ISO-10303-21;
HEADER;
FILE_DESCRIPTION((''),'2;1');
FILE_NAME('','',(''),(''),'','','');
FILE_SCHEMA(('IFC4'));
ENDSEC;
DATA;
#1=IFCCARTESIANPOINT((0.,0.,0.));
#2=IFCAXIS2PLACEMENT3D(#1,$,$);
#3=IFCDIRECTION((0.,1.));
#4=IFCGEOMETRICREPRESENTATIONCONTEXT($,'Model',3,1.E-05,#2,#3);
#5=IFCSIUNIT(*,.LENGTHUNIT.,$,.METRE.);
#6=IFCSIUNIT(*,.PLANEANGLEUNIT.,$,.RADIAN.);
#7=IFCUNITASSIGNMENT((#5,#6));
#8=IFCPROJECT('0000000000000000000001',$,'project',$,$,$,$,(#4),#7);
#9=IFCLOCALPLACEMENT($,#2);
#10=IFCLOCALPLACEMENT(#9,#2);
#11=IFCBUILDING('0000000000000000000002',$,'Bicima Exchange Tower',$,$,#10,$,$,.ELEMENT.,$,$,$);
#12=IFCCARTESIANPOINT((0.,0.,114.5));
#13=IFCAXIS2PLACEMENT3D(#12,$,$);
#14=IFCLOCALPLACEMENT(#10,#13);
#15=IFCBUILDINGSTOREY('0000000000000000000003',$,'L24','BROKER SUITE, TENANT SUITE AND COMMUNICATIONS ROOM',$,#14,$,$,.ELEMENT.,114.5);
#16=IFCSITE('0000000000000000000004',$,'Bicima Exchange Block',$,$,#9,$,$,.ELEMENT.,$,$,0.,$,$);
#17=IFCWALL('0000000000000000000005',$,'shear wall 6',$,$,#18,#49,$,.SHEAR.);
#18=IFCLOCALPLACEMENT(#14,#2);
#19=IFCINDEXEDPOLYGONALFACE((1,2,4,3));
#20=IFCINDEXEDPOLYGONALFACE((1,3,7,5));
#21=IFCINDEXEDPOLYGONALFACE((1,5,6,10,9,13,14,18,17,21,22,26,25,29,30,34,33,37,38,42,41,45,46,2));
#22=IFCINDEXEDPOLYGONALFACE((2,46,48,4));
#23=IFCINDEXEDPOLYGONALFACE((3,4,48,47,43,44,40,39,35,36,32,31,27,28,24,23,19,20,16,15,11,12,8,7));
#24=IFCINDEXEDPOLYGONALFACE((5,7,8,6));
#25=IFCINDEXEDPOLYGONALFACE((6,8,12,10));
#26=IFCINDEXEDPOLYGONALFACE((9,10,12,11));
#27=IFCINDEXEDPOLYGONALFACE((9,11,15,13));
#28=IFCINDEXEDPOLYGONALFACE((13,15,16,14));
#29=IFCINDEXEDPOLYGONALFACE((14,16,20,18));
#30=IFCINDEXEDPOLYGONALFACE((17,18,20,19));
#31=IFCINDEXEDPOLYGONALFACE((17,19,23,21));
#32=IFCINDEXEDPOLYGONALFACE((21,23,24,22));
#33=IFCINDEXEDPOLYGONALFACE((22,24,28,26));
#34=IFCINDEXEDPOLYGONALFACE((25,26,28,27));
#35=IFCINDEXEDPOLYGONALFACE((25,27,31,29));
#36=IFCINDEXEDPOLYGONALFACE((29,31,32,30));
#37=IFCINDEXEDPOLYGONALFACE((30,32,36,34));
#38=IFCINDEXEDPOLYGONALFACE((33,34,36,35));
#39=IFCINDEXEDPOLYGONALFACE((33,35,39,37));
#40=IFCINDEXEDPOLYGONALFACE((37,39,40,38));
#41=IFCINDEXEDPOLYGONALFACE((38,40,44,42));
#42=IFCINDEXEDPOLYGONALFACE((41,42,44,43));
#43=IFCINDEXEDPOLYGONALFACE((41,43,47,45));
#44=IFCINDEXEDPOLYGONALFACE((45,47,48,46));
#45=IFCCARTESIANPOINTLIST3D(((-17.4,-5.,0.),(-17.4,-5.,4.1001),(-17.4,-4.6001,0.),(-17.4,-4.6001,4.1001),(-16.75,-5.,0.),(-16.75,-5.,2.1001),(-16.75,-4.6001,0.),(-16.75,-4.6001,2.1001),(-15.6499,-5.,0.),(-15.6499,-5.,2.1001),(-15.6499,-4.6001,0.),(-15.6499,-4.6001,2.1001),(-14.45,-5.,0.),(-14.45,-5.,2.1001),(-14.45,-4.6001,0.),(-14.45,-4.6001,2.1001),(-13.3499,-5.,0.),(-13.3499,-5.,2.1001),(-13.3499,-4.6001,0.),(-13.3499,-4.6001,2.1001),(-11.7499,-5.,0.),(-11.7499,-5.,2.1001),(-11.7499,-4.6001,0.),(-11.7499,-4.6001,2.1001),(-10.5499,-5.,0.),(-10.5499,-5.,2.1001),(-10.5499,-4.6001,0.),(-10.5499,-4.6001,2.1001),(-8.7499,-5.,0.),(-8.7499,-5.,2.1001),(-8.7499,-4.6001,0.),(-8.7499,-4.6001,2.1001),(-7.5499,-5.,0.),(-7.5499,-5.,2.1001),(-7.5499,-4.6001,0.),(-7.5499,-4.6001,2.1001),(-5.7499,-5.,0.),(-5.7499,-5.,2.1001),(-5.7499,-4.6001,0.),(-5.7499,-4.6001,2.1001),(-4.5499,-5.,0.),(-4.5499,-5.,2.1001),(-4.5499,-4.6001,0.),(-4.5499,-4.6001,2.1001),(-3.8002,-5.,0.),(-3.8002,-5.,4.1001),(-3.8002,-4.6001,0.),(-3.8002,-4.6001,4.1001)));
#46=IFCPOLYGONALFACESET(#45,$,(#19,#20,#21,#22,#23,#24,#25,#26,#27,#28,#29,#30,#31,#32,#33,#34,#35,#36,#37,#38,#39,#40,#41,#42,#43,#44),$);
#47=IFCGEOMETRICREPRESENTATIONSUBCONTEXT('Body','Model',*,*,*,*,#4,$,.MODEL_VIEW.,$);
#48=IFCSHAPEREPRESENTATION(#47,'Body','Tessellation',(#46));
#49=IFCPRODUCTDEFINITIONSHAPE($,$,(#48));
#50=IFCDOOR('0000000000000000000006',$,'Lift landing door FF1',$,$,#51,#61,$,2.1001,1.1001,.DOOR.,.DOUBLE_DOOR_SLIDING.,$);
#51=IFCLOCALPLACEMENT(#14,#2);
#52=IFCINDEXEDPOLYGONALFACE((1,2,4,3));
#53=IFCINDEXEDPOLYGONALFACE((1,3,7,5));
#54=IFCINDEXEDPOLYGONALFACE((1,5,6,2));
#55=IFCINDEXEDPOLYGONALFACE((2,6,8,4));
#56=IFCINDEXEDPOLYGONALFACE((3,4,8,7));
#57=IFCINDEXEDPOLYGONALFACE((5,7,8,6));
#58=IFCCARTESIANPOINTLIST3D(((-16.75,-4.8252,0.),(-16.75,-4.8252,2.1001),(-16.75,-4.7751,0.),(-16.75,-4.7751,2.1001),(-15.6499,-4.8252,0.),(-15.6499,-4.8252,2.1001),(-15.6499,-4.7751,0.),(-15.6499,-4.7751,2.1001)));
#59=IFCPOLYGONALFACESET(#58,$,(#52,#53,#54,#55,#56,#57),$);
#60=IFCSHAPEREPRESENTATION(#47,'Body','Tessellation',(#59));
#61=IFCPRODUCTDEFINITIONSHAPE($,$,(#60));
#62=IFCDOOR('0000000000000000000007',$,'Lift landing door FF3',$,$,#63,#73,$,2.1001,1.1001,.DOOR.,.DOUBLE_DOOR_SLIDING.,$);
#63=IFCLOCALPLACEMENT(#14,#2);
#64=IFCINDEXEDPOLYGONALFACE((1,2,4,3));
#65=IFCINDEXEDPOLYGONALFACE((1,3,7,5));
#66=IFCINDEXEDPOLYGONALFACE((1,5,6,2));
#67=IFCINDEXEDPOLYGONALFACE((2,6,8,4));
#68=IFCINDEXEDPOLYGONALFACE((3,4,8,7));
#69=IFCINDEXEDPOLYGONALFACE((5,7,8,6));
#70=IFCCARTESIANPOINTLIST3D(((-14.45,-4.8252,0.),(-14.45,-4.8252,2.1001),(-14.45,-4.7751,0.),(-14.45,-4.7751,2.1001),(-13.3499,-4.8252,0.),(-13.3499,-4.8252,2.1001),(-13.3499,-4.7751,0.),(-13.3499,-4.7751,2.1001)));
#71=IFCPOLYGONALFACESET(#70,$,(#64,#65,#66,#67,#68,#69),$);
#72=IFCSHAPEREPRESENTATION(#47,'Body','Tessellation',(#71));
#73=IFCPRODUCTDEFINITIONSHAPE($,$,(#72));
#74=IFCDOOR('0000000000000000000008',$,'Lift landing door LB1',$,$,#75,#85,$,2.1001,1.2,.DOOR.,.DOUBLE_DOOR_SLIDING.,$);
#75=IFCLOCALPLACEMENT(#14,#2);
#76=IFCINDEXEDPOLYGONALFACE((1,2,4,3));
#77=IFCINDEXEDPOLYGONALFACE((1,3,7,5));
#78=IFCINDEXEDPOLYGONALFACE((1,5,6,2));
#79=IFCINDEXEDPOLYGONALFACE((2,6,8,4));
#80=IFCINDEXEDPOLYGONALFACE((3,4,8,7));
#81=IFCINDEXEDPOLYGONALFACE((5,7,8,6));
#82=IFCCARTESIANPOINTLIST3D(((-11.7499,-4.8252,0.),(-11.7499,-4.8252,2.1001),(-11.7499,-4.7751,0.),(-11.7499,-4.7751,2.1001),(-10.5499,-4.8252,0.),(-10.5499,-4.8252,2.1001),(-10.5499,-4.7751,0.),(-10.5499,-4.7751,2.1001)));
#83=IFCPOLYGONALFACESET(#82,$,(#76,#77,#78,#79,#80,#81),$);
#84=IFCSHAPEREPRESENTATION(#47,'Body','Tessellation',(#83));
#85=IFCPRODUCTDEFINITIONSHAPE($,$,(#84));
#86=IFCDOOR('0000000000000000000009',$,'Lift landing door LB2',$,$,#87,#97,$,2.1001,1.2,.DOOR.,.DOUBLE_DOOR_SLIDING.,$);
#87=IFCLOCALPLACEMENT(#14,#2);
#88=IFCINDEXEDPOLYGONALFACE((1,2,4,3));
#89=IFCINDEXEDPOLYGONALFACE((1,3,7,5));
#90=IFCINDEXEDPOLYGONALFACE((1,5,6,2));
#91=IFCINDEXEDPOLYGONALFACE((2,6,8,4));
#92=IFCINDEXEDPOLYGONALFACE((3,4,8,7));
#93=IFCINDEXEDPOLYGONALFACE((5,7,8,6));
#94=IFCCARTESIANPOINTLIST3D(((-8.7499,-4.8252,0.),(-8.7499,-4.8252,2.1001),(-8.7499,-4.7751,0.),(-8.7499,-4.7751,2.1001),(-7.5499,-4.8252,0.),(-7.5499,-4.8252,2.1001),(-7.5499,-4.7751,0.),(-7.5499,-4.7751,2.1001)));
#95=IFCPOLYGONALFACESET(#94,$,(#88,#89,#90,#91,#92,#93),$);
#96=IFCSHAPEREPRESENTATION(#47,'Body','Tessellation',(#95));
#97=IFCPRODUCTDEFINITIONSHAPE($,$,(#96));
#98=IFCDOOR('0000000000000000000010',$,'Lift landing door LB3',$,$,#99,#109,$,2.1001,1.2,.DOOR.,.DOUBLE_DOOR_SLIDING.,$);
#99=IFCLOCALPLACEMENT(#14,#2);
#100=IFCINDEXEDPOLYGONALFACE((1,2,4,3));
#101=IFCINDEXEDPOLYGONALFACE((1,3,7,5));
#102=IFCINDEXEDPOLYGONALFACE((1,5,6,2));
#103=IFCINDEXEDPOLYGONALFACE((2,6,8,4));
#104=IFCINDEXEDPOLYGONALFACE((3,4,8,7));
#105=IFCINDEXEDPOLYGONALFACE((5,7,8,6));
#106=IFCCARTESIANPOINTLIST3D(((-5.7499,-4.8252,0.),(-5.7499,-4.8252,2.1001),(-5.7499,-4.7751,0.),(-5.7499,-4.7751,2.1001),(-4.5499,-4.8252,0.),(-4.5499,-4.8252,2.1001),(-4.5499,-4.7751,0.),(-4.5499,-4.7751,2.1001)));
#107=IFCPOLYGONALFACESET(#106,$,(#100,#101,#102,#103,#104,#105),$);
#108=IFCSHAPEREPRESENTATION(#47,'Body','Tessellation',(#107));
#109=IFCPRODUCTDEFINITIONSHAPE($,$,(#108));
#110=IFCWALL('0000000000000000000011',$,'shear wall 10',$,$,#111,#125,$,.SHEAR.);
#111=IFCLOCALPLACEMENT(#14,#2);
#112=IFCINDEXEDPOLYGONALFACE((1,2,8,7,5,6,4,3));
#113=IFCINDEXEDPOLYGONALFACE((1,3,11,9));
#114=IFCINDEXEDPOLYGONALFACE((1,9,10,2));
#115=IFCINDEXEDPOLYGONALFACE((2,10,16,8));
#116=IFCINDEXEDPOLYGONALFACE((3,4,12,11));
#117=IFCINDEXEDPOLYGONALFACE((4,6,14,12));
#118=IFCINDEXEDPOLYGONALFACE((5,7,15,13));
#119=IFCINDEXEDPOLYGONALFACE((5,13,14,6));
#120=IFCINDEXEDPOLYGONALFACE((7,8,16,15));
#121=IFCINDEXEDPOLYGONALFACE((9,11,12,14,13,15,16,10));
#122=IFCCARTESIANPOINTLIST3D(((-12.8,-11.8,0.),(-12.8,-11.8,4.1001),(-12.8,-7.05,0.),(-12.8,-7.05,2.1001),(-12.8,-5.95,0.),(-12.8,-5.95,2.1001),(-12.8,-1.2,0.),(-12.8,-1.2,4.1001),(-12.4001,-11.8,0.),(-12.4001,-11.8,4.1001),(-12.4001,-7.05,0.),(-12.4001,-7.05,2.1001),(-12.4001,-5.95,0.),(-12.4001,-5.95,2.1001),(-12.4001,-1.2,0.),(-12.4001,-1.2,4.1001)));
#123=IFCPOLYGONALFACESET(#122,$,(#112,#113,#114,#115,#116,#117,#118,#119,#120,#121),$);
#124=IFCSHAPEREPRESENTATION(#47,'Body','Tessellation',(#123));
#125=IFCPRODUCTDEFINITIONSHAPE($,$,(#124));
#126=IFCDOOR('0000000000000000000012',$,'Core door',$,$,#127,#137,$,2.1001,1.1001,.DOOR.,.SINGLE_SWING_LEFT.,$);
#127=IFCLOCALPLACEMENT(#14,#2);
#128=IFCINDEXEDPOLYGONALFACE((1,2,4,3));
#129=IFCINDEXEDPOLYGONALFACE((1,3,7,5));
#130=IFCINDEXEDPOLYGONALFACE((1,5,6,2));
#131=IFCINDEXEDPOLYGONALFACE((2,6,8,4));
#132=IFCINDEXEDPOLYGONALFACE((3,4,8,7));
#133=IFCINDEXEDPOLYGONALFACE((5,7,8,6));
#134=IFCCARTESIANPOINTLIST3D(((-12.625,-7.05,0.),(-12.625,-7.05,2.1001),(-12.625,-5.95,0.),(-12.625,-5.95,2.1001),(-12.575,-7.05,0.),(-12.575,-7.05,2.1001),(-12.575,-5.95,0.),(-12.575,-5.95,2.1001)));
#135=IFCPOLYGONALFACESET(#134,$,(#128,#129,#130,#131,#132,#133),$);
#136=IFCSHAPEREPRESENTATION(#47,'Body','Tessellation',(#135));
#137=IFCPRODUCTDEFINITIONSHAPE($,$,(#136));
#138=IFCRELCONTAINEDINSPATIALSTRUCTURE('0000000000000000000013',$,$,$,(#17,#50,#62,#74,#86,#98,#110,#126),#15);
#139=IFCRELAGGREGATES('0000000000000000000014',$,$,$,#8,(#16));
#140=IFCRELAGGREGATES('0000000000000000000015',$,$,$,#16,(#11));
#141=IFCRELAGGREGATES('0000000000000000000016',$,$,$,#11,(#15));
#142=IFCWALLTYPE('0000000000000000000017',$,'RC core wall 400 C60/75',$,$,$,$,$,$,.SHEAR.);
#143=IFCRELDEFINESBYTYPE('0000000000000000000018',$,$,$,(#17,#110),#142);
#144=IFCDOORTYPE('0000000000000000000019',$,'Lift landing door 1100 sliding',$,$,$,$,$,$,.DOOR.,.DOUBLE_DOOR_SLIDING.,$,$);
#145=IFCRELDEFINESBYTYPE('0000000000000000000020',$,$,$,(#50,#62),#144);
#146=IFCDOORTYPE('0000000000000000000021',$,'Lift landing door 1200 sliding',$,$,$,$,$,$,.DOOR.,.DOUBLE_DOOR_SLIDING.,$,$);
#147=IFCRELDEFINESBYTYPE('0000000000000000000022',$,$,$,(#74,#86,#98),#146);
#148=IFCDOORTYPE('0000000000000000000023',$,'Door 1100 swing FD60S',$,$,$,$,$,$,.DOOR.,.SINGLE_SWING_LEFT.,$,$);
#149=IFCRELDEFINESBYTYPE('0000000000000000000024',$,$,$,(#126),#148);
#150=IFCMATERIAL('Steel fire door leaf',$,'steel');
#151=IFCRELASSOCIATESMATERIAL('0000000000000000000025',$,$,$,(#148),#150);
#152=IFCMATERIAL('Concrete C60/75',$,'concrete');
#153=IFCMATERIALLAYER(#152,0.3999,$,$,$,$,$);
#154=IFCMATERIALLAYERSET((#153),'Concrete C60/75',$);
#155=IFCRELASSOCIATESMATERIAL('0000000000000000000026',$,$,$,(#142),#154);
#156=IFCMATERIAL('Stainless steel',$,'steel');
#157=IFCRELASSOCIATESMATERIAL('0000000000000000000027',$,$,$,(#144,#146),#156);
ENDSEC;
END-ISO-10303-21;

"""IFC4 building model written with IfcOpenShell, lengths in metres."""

from ifc_helpers import new_model, si_unit, direction, frame, frame_2d, origin, place, context, subcontext, project, spatial, rectangle, extrude, material, layer, layer_set, type_object, element, fill, save


model = new_model("IFC4")

# Units and contexts
model_context = context("Model", 3, precision=1e-05, world=origin(), true_north=direction((0.0, 1.0)))
body_context = subcontext(model_context, "Body", "Model", "MODEL_VIEW")
ifc_project = project(units=[si_unit("LENGTHUNIT", "METRE"), si_unit("PLANEANGLEUNIT", "RADIAN")], contexts=[model_context])

# Site, building, storey
site_placement = place(None, origin())
site = spatial("IfcSite", under=ifc_project, at=site_placement, Name="Bicima Exchange Block", CompositionType="ELEMENT", RefElevation=0.0)
building_placement = place(site_placement, origin())
building = spatial("IfcBuilding", under=site, at=building_placement, Name="Bicima Exchange Tower", CompositionType="ELEMENT")
storey_placement = place(building_placement, frame((0.0, 0.0, 114.5)))
storey = spatial("IfcBuildingStorey", under=building, at=storey_placement, Name="L24", Description="BROKER SUITE, TENANT SUITE AND COMMUNICATIONS ROOM", CompositionType="ELEMENT", Elevation=114.5)

# Shared definitions
ifc_material_1 = material(Name="Concrete C60/75", Category="concrete")

# Shared definitions
ifc_material_2 = material(Name="Steel fire door leaf", Category="steel")

# Shared definitions
door_type_1 = type_object("IfcDoorType", Name="Door 1100 swing FD60S", OperationType="SINGLE_SWING_LEFT", PredefinedType="DOOR", material=ifc_material_2)

# Shared definitions
ifc_layer_1 = layer(ifc_material_1, 0.3999)
ifc_layer_set_1 = layer_set([ifc_layer_1], Name="Concrete C60/75")
wall_type_1 = type_object("IfcWallType", Name="RC core wall 400 C60/75", PredefinedType="SHEAR", material=ifc_layer_set_1)

# Wall, openings, doors
wall_1_placement = place(storey_placement, frame((-17.3999, -4.8, 0.0), z_axis=(0.0, 0.0, 1.0), x_axis=(1.0, 0.0, 0.0)))
wall_1 = element("IfcWall", 1, at=wall_1_placement, inside=storey, type_object=wall_type_1, Name="shear wall 6", PredefinedType="SHEAR", context=body_context, shape_type="SweptSolid", body=[
    extrude(rectangle(XDim=13.5999, YDim=0.3999, at=frame_2d((6.7998, 0.0))), origin(), (0.0, 0.0, 1.0), 4.1001),
])
opening_1_placement = place(wall_1_placement, frame((0.6499, 0.0, 0.0)))
opening_1 = element("IfcOpeningElement", 2, at=opening_1_placement, cuts=wall_1, PredefinedType="OPENING", context=body_context, shape_type="SweptSolid", body=[
    extrude(rectangle(XDim=1.1001, YDim=2.1001, at=frame_2d((0.55, 1.05))), frame((0.0, 0.2119, 0.0), z_axis=(0.0, -1.0, 0.0), x_axis=(1.0, 0.0, 0.0)), (0.0, 0.0, 1.0), 0.4238),
])
opening_2_placement = place(wall_1_placement, frame((2.95, 0.0, 0.0)))
opening_2 = element("IfcOpeningElement", 3, at=opening_2_placement, cuts=wall_1, PredefinedType="OPENING", context=body_context, shape_type="SweptSolid", body=[
    extrude(rectangle(XDim=1.1001, YDim=2.1001, at=frame_2d((0.55, 1.05))), frame((0.0, 0.2119, 0.0), z_axis=(0.0, -1.0, 0.0), x_axis=(1.0, 0.0, 0.0)), (0.0, 0.0, 1.0), 0.4238),
])
opening_3_placement = place(wall_1_placement, frame((5.6499, 0.0, 0.0)))
opening_3 = element("IfcOpeningElement", 4, at=opening_3_placement, cuts=wall_1, PredefinedType="OPENING", context=body_context, shape_type="SweptSolid", body=[
    extrude(rectangle(XDim=1.2, YDim=2.1001, at=frame_2d((0.6001, 1.05))), frame((0.0, 0.2119, 0.0), z_axis=(0.0, -1.0, 0.0), x_axis=(1.0, 0.0, 0.0)), (0.0, 0.0, 1.0), 0.4238),
])
opening_4_placement = place(wall_1_placement, frame((8.6499, 0.0, 0.0)))
opening_4 = element("IfcOpeningElement", 5, at=opening_4_placement, cuts=wall_1, PredefinedType="OPENING", context=body_context, shape_type="SweptSolid", body=[
    extrude(rectangle(XDim=1.2, YDim=2.1001, at=frame_2d((0.6001, 1.05))), frame((0.0, 0.2119, 0.0), z_axis=(0.0, -1.0, 0.0), x_axis=(1.0, 0.0, 0.0)), (0.0, 0.0, 1.0), 0.4238),
])
opening_5_placement = place(wall_1_placement, frame((11.6499, 0.0, 0.0)))
opening_5 = element("IfcOpeningElement", 6, at=opening_5_placement, cuts=wall_1, PredefinedType="OPENING", context=body_context, shape_type="SweptSolid", body=[
    extrude(rectangle(XDim=1.2, YDim=2.1001, at=frame_2d((0.6001, 1.05))), frame((0.0, 0.2119, 0.0), z_axis=(0.0, -1.0, 0.0), x_axis=(1.0, 0.0, 0.0)), (0.0, 0.0, 1.0), 0.4238),
])
ifc_material_3 = material(Name="Stainless steel", Category="steel")
door_type_2 = type_object("IfcDoorType", Name="Lift landing door 1100 sliding", OperationType="DOUBLE_DOOR_SLIDING", PredefinedType="DOOR", material=ifc_material_3)
door_1_placement = place(opening_1_placement, origin())
door_1 = element("IfcDoor", 7, at=door_1_placement, inside=storey, type_object=door_type_2, Name="Lift landing door FF1", OperationType="DOUBLE_DOOR_SLIDING", OverallHeight=2.1001, OverallWidth=1.1001, PredefinedType="DOOR", context=body_context, shape_type="SweptSolid", body=[
    extrude(rectangle(XDim=1.1001, YDim=2.1001, at=frame_2d((0.55, 1.05))), frame((0.0, 0.0249, 0.0), z_axis=(0.0, -1.0, 0.0), x_axis=(1.0, 0.0, 0.0)), (0.0, 0.0, 1.0), 0.05),
])
fill(opening_1, door_1)
door_2_placement = place(opening_2_placement, origin())
door_2 = element("IfcDoor", 8, at=door_2_placement, inside=storey, type_object=door_type_2, Name="Lift landing door FF3", OperationType="DOUBLE_DOOR_SLIDING", OverallHeight=2.1001, OverallWidth=1.1001, PredefinedType="DOOR", context=body_context, shape_type="SweptSolid", body=[
    extrude(rectangle(XDim=1.1001, YDim=2.1001, at=frame_2d((0.55, 1.05))), frame((0.0, 0.0249, 0.0), z_axis=(0.0, -1.0, 0.0), x_axis=(1.0, 0.0, 0.0)), (0.0, 0.0, 1.0), 0.05),
])
fill(opening_2, door_2)
door_type_3 = type_object("IfcDoorType", Name="Lift landing door 1200 sliding", OperationType="DOUBLE_DOOR_SLIDING", PredefinedType="DOOR", material=ifc_material_3)
door_3_placement = place(opening_3_placement, origin())
door_3 = element("IfcDoor", 9, at=door_3_placement, inside=storey, type_object=door_type_3, Name="Lift landing door LB1", OperationType="DOUBLE_DOOR_SLIDING", OverallHeight=2.1001, OverallWidth=1.2, PredefinedType="DOOR", context=body_context, shape_type="SweptSolid", body=[
    extrude(rectangle(XDim=1.2, YDim=2.1001, at=frame_2d((0.6001, 1.05))), frame((0.0, 0.0249, 0.0), z_axis=(0.0, -1.0, 0.0), x_axis=(1.0, 0.0, 0.0)), (0.0, 0.0, 1.0), 0.05),
])
fill(opening_3, door_3)
door_4_placement = place(opening_4_placement, origin())
door_4 = element("IfcDoor", 10, at=door_4_placement, inside=storey, type_object=door_type_3, Name="Lift landing door LB2", OperationType="DOUBLE_DOOR_SLIDING", OverallHeight=2.1001, OverallWidth=1.2, PredefinedType="DOOR", context=body_context, shape_type="SweptSolid", body=[
    extrude(rectangle(XDim=1.2, YDim=2.1001, at=frame_2d((0.6001, 1.05))), frame((0.0, 0.0249, 0.0), z_axis=(0.0, -1.0, 0.0), x_axis=(1.0, 0.0, 0.0)), (0.0, 0.0, 1.0), 0.05),
])
fill(opening_4, door_4)
door_5_placement = place(opening_5_placement, origin())
door_5 = element("IfcDoor", 11, at=door_5_placement, inside=storey, type_object=door_type_3, Name="Lift landing door LB3", OperationType="DOUBLE_DOOR_SLIDING", OverallHeight=2.1001, OverallWidth=1.2, PredefinedType="DOOR", context=body_context, shape_type="SweptSolid", body=[
    extrude(rectangle(XDim=1.2, YDim=2.1001, at=frame_2d((0.6001, 1.05))), frame((0.0, 0.0249, 0.0), z_axis=(0.0, -1.0, 0.0), x_axis=(1.0, 0.0, 0.0)), (0.0, 0.0, 1.0), 0.05),
])
fill(opening_5, door_5)

# Wall, opening, door
wall_2_placement = place(storey_placement, frame((-12.6001, -11.8, 0.0), z_axis=(0.0, 0.0, 1.0), x_axis=(0.0, 1.0, 0.0)))
wall_2 = element("IfcWall", 12, at=wall_2_placement, inside=storey, type_object=wall_type_1, Name="shear wall 10", PredefinedType="SHEAR", context=body_context, shape_type="SweptSolid", body=[
    extrude(rectangle(XDim=10.6001, YDim=0.3999, at=frame_2d((5.3, 0.0))), origin(), (0.0, 0.0, 1.0), 4.1001),
])
opening_6_placement = place(wall_2_placement, frame((4.75, 0.0, 0.0)))
opening_6 = element("IfcOpeningElement", 13, at=opening_6_placement, cuts=wall_2, PredefinedType="OPENING", context=body_context, shape_type="SweptSolid", body=[
    extrude(rectangle(XDim=1.1001, YDim=2.1001, at=frame_2d((0.55, 1.05))), frame((0.0, 0.2119, 0.0), z_axis=(0.0, -1.0, 0.0), x_axis=(1.0, 0.0, 0.0)), (0.0, 0.0, 1.0), 0.4238),
])
door_6_placement = place(opening_6_placement, origin())
door_6 = element("IfcDoor", 14, at=door_6_placement, inside=storey, type_object=door_type_1, Name="Core door", OperationType="SINGLE_SWING_LEFT", OverallHeight=2.1001, OverallWidth=1.1001, PredefinedType="DOOR", context=body_context, shape_type="SweptSolid", body=[
    extrude(rectangle(XDim=1.1001, YDim=2.1001, at=frame_2d((0.55, 1.05))), frame((0.0, 0.0249, 0.0), z_axis=(0.0, -1.0, 0.0), x_axis=(1.0, 0.0, 0.0)), (0.0, 0.0, 1.0), 0.05),
])
fill(opening_6, door_6)

save(model, "model.ifc")
